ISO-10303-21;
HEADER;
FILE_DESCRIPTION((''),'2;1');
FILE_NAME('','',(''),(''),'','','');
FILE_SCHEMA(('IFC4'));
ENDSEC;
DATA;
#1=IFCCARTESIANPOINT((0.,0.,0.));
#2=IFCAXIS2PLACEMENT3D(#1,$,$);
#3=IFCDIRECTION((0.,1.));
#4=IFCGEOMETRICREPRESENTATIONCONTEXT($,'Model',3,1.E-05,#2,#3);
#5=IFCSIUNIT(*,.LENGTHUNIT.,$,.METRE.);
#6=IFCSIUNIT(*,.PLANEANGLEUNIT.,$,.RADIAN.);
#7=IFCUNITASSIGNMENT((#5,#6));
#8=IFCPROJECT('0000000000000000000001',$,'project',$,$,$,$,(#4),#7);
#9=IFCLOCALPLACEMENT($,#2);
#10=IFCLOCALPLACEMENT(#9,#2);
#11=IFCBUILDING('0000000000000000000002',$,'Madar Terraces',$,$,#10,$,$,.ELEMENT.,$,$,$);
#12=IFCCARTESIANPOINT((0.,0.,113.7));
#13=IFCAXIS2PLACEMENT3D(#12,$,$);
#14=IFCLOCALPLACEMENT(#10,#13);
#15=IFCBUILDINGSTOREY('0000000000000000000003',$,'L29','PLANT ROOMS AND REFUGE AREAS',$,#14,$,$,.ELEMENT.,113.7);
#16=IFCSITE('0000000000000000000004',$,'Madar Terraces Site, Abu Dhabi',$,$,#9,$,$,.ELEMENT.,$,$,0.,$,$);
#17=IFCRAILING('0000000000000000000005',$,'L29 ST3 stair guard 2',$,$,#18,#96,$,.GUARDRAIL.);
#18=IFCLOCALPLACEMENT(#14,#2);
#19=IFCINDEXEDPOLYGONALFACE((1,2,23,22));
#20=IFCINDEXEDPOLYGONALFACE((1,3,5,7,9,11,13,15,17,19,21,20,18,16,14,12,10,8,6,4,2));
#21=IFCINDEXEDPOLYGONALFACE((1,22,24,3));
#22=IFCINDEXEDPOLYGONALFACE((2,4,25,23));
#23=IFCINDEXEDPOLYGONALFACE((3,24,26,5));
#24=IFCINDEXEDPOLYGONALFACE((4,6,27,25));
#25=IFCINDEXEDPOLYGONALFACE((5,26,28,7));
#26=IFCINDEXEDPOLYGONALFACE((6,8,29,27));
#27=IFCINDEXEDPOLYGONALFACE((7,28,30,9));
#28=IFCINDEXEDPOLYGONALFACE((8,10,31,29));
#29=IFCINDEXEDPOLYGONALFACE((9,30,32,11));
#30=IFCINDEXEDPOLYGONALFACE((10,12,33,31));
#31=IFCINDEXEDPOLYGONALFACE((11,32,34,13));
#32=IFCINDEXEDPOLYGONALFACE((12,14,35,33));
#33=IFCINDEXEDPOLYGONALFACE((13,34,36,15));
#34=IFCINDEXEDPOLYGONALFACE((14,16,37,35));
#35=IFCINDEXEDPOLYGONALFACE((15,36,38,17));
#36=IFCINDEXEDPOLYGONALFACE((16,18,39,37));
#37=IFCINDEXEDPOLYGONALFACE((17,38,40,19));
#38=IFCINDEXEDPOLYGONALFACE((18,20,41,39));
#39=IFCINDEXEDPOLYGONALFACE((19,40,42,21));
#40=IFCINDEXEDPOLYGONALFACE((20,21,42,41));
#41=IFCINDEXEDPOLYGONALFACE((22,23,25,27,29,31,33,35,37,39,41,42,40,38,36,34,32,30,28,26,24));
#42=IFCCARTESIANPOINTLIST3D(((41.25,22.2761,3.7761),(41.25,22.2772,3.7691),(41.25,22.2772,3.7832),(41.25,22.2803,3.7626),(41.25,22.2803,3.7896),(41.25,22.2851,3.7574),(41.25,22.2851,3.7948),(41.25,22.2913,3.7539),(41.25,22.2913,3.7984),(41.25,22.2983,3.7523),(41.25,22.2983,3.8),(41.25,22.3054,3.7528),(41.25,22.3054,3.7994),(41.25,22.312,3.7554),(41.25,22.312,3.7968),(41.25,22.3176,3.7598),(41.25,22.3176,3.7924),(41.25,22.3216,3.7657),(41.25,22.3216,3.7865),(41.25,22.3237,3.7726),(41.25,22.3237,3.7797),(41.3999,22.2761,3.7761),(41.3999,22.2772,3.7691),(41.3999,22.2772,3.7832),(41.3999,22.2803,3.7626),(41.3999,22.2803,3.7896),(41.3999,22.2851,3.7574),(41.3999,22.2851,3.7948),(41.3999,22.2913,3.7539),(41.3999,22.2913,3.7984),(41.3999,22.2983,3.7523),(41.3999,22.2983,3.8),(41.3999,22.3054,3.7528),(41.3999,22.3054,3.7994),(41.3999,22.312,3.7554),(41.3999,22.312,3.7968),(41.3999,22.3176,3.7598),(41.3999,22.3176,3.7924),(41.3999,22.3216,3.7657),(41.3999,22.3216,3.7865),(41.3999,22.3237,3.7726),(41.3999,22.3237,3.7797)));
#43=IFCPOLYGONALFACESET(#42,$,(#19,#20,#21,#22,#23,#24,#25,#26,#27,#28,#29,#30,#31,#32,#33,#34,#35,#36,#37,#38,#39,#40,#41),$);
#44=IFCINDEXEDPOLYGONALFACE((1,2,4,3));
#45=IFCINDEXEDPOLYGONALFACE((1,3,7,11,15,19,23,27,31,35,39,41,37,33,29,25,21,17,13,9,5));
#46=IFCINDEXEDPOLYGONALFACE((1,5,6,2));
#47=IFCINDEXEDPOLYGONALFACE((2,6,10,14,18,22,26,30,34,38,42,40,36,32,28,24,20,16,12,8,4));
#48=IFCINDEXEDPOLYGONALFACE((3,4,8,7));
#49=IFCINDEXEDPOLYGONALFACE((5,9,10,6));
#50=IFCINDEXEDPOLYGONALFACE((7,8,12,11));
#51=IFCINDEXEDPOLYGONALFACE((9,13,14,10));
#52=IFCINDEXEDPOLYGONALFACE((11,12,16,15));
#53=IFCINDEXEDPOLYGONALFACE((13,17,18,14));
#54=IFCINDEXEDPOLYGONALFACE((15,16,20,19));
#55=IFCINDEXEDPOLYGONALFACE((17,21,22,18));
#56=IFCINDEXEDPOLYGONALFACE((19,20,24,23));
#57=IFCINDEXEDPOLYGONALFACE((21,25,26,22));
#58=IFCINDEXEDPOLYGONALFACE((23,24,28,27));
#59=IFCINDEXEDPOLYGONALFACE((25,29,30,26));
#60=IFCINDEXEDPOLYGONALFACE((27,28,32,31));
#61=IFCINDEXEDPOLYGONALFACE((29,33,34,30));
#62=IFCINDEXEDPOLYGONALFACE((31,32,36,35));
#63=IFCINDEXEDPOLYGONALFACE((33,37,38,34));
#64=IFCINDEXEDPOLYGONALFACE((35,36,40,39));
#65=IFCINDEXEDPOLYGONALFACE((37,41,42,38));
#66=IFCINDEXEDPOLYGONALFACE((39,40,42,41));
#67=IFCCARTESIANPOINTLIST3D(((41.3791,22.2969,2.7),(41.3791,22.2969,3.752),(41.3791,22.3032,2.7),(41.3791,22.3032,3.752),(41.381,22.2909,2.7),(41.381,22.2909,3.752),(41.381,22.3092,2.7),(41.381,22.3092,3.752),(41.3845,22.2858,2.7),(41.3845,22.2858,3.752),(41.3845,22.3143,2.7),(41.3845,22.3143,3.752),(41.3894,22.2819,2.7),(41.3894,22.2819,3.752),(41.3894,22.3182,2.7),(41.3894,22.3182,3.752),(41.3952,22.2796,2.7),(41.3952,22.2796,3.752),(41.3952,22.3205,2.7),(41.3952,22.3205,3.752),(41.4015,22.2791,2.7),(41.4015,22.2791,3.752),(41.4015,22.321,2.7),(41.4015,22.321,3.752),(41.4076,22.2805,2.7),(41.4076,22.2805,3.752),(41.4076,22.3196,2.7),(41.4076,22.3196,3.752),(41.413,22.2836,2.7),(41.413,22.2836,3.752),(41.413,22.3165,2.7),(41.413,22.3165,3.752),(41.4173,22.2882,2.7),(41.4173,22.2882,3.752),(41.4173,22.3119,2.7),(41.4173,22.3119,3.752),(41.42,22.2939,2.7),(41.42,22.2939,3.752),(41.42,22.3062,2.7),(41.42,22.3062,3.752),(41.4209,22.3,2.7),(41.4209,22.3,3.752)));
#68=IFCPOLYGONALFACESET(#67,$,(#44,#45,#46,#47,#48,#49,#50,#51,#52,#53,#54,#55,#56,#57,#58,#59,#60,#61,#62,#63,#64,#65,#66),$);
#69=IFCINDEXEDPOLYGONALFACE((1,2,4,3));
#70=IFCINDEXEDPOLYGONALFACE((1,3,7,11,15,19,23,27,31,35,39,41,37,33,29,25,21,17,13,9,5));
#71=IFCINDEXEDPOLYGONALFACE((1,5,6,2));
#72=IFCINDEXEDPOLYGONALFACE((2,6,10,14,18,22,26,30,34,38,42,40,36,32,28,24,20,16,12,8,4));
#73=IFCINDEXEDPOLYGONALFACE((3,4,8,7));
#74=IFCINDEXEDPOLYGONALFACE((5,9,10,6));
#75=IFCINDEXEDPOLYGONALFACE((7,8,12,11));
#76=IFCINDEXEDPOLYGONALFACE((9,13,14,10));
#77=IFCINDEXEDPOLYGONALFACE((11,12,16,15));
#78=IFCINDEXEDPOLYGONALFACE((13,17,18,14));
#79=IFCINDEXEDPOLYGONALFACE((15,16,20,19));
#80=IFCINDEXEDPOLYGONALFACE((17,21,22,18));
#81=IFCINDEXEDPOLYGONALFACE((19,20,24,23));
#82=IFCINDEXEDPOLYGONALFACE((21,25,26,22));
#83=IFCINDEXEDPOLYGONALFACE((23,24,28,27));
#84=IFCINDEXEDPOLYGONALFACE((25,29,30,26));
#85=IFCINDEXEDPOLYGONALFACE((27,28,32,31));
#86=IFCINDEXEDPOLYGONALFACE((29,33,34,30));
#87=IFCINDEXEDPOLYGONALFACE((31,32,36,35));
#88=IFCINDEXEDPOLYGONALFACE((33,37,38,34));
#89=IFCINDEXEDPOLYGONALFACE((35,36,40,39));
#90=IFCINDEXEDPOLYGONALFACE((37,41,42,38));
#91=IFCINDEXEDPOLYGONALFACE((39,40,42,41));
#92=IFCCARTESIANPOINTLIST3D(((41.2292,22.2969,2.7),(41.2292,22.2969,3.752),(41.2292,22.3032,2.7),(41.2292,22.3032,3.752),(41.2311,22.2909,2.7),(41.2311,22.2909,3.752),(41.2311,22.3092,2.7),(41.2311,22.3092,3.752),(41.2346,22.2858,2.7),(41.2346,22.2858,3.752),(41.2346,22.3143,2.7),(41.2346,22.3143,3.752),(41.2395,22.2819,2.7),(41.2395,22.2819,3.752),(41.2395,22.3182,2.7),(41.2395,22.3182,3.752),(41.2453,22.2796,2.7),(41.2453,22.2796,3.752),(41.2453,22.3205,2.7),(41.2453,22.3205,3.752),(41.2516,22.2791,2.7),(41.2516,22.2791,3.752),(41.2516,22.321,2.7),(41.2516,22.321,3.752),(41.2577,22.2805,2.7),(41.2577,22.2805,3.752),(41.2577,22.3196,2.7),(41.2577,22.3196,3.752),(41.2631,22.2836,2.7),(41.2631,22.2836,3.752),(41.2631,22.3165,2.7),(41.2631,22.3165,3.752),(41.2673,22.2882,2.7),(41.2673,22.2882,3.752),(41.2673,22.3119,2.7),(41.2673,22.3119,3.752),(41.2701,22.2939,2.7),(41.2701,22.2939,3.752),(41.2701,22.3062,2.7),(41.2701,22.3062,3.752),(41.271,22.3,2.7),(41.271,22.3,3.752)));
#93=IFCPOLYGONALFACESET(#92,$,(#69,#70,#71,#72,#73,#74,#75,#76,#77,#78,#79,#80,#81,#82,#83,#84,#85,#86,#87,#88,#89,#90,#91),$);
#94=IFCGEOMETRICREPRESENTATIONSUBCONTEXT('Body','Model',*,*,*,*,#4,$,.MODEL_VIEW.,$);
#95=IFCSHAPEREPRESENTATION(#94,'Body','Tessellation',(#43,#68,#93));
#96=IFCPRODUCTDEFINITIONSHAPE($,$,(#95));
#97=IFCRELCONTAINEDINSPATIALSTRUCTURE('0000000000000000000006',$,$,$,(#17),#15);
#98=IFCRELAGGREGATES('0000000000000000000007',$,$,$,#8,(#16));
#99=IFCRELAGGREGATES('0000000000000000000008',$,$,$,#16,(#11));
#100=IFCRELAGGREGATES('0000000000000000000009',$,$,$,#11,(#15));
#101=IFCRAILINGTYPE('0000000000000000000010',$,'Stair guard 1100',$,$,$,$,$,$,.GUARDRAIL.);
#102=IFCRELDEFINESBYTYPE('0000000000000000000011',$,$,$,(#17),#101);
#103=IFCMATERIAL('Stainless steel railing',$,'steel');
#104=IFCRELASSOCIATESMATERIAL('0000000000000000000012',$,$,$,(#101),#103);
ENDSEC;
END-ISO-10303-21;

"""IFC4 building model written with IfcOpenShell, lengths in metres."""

from ifc_helpers import new_model, si_unit, direction, frame, origin, origin_2d, place, context, subcontext, project, spatial, circle, extrude, material, type_object, element, save


model = new_model("IFC4")

# Units and contexts
model_context = context("Model", 3, precision=1e-05, world=origin(), true_north=direction((0.0, 1.0)))
body_context = subcontext(model_context, "Body", "Model", "MODEL_VIEW")
ifc_project = project(units=[si_unit("LENGTHUNIT", "METRE"), si_unit("PLANEANGLEUNIT", "RADIAN")], contexts=[model_context])

# Site, building, storey
site_placement = place(None, origin())
site = spatial("IfcSite", under=ifc_project, at=site_placement, Name="Madar Terraces Site, Abu Dhabi", CompositionType="ELEMENT", RefElevation=0.0)
building_placement = place(site_placement, origin())
building = spatial("IfcBuilding", under=site, at=building_placement, Name="Madar Terraces", CompositionType="ELEMENT")
storey_placement = place(building_placement, frame((0.0, 0.0, 113.7)))
storey = spatial("IfcBuildingStorey", under=building, at=storey_placement, Name="L29", Description="PLANT ROOMS AND REFUGE AREAS", CompositionType="ELEMENT", Elevation=113.7)

# Railing
ifc_material_1 = material(Name="Stainless steel railing", Category="steel")
railing_type_1 = type_object("IfcRailingType", Name="Stair guard 1100", PredefinedType="GUARDRAIL", material=ifc_material_1)
railing_1_placement = place(storey_placement, frame((41.3999, 22.3, 2.7)))
element("IfcRailing", 1, at=railing_1_placement, inside=storey, type_object=railing_type_1, Name="L29 ST3 stair guard 2", PredefinedType="GUARDRAIL", context=body_context, shape_type="SweptSolid", body=[
    extrude(circle(Radius=0.0239, at=origin_2d()), frame((0.0, 0.0, 1.0762), z_axis=(-1.0, 0.0, 0.0), x_axis=(0.0, -1.0, 0.0)), (0.0, 0.0, 1.0), 0.1499),
    extrude(circle(Radius=0.021, at=origin_2d()), origin(), (0.0, 0.0, 1.0), 1.052),
    extrude(circle(Radius=0.021, at=origin_2d()), frame((-0.1499, 0.0, 0.0)), (0.0, 0.0, 1.0), 1.052),
])

save(model, "model.ifc")
